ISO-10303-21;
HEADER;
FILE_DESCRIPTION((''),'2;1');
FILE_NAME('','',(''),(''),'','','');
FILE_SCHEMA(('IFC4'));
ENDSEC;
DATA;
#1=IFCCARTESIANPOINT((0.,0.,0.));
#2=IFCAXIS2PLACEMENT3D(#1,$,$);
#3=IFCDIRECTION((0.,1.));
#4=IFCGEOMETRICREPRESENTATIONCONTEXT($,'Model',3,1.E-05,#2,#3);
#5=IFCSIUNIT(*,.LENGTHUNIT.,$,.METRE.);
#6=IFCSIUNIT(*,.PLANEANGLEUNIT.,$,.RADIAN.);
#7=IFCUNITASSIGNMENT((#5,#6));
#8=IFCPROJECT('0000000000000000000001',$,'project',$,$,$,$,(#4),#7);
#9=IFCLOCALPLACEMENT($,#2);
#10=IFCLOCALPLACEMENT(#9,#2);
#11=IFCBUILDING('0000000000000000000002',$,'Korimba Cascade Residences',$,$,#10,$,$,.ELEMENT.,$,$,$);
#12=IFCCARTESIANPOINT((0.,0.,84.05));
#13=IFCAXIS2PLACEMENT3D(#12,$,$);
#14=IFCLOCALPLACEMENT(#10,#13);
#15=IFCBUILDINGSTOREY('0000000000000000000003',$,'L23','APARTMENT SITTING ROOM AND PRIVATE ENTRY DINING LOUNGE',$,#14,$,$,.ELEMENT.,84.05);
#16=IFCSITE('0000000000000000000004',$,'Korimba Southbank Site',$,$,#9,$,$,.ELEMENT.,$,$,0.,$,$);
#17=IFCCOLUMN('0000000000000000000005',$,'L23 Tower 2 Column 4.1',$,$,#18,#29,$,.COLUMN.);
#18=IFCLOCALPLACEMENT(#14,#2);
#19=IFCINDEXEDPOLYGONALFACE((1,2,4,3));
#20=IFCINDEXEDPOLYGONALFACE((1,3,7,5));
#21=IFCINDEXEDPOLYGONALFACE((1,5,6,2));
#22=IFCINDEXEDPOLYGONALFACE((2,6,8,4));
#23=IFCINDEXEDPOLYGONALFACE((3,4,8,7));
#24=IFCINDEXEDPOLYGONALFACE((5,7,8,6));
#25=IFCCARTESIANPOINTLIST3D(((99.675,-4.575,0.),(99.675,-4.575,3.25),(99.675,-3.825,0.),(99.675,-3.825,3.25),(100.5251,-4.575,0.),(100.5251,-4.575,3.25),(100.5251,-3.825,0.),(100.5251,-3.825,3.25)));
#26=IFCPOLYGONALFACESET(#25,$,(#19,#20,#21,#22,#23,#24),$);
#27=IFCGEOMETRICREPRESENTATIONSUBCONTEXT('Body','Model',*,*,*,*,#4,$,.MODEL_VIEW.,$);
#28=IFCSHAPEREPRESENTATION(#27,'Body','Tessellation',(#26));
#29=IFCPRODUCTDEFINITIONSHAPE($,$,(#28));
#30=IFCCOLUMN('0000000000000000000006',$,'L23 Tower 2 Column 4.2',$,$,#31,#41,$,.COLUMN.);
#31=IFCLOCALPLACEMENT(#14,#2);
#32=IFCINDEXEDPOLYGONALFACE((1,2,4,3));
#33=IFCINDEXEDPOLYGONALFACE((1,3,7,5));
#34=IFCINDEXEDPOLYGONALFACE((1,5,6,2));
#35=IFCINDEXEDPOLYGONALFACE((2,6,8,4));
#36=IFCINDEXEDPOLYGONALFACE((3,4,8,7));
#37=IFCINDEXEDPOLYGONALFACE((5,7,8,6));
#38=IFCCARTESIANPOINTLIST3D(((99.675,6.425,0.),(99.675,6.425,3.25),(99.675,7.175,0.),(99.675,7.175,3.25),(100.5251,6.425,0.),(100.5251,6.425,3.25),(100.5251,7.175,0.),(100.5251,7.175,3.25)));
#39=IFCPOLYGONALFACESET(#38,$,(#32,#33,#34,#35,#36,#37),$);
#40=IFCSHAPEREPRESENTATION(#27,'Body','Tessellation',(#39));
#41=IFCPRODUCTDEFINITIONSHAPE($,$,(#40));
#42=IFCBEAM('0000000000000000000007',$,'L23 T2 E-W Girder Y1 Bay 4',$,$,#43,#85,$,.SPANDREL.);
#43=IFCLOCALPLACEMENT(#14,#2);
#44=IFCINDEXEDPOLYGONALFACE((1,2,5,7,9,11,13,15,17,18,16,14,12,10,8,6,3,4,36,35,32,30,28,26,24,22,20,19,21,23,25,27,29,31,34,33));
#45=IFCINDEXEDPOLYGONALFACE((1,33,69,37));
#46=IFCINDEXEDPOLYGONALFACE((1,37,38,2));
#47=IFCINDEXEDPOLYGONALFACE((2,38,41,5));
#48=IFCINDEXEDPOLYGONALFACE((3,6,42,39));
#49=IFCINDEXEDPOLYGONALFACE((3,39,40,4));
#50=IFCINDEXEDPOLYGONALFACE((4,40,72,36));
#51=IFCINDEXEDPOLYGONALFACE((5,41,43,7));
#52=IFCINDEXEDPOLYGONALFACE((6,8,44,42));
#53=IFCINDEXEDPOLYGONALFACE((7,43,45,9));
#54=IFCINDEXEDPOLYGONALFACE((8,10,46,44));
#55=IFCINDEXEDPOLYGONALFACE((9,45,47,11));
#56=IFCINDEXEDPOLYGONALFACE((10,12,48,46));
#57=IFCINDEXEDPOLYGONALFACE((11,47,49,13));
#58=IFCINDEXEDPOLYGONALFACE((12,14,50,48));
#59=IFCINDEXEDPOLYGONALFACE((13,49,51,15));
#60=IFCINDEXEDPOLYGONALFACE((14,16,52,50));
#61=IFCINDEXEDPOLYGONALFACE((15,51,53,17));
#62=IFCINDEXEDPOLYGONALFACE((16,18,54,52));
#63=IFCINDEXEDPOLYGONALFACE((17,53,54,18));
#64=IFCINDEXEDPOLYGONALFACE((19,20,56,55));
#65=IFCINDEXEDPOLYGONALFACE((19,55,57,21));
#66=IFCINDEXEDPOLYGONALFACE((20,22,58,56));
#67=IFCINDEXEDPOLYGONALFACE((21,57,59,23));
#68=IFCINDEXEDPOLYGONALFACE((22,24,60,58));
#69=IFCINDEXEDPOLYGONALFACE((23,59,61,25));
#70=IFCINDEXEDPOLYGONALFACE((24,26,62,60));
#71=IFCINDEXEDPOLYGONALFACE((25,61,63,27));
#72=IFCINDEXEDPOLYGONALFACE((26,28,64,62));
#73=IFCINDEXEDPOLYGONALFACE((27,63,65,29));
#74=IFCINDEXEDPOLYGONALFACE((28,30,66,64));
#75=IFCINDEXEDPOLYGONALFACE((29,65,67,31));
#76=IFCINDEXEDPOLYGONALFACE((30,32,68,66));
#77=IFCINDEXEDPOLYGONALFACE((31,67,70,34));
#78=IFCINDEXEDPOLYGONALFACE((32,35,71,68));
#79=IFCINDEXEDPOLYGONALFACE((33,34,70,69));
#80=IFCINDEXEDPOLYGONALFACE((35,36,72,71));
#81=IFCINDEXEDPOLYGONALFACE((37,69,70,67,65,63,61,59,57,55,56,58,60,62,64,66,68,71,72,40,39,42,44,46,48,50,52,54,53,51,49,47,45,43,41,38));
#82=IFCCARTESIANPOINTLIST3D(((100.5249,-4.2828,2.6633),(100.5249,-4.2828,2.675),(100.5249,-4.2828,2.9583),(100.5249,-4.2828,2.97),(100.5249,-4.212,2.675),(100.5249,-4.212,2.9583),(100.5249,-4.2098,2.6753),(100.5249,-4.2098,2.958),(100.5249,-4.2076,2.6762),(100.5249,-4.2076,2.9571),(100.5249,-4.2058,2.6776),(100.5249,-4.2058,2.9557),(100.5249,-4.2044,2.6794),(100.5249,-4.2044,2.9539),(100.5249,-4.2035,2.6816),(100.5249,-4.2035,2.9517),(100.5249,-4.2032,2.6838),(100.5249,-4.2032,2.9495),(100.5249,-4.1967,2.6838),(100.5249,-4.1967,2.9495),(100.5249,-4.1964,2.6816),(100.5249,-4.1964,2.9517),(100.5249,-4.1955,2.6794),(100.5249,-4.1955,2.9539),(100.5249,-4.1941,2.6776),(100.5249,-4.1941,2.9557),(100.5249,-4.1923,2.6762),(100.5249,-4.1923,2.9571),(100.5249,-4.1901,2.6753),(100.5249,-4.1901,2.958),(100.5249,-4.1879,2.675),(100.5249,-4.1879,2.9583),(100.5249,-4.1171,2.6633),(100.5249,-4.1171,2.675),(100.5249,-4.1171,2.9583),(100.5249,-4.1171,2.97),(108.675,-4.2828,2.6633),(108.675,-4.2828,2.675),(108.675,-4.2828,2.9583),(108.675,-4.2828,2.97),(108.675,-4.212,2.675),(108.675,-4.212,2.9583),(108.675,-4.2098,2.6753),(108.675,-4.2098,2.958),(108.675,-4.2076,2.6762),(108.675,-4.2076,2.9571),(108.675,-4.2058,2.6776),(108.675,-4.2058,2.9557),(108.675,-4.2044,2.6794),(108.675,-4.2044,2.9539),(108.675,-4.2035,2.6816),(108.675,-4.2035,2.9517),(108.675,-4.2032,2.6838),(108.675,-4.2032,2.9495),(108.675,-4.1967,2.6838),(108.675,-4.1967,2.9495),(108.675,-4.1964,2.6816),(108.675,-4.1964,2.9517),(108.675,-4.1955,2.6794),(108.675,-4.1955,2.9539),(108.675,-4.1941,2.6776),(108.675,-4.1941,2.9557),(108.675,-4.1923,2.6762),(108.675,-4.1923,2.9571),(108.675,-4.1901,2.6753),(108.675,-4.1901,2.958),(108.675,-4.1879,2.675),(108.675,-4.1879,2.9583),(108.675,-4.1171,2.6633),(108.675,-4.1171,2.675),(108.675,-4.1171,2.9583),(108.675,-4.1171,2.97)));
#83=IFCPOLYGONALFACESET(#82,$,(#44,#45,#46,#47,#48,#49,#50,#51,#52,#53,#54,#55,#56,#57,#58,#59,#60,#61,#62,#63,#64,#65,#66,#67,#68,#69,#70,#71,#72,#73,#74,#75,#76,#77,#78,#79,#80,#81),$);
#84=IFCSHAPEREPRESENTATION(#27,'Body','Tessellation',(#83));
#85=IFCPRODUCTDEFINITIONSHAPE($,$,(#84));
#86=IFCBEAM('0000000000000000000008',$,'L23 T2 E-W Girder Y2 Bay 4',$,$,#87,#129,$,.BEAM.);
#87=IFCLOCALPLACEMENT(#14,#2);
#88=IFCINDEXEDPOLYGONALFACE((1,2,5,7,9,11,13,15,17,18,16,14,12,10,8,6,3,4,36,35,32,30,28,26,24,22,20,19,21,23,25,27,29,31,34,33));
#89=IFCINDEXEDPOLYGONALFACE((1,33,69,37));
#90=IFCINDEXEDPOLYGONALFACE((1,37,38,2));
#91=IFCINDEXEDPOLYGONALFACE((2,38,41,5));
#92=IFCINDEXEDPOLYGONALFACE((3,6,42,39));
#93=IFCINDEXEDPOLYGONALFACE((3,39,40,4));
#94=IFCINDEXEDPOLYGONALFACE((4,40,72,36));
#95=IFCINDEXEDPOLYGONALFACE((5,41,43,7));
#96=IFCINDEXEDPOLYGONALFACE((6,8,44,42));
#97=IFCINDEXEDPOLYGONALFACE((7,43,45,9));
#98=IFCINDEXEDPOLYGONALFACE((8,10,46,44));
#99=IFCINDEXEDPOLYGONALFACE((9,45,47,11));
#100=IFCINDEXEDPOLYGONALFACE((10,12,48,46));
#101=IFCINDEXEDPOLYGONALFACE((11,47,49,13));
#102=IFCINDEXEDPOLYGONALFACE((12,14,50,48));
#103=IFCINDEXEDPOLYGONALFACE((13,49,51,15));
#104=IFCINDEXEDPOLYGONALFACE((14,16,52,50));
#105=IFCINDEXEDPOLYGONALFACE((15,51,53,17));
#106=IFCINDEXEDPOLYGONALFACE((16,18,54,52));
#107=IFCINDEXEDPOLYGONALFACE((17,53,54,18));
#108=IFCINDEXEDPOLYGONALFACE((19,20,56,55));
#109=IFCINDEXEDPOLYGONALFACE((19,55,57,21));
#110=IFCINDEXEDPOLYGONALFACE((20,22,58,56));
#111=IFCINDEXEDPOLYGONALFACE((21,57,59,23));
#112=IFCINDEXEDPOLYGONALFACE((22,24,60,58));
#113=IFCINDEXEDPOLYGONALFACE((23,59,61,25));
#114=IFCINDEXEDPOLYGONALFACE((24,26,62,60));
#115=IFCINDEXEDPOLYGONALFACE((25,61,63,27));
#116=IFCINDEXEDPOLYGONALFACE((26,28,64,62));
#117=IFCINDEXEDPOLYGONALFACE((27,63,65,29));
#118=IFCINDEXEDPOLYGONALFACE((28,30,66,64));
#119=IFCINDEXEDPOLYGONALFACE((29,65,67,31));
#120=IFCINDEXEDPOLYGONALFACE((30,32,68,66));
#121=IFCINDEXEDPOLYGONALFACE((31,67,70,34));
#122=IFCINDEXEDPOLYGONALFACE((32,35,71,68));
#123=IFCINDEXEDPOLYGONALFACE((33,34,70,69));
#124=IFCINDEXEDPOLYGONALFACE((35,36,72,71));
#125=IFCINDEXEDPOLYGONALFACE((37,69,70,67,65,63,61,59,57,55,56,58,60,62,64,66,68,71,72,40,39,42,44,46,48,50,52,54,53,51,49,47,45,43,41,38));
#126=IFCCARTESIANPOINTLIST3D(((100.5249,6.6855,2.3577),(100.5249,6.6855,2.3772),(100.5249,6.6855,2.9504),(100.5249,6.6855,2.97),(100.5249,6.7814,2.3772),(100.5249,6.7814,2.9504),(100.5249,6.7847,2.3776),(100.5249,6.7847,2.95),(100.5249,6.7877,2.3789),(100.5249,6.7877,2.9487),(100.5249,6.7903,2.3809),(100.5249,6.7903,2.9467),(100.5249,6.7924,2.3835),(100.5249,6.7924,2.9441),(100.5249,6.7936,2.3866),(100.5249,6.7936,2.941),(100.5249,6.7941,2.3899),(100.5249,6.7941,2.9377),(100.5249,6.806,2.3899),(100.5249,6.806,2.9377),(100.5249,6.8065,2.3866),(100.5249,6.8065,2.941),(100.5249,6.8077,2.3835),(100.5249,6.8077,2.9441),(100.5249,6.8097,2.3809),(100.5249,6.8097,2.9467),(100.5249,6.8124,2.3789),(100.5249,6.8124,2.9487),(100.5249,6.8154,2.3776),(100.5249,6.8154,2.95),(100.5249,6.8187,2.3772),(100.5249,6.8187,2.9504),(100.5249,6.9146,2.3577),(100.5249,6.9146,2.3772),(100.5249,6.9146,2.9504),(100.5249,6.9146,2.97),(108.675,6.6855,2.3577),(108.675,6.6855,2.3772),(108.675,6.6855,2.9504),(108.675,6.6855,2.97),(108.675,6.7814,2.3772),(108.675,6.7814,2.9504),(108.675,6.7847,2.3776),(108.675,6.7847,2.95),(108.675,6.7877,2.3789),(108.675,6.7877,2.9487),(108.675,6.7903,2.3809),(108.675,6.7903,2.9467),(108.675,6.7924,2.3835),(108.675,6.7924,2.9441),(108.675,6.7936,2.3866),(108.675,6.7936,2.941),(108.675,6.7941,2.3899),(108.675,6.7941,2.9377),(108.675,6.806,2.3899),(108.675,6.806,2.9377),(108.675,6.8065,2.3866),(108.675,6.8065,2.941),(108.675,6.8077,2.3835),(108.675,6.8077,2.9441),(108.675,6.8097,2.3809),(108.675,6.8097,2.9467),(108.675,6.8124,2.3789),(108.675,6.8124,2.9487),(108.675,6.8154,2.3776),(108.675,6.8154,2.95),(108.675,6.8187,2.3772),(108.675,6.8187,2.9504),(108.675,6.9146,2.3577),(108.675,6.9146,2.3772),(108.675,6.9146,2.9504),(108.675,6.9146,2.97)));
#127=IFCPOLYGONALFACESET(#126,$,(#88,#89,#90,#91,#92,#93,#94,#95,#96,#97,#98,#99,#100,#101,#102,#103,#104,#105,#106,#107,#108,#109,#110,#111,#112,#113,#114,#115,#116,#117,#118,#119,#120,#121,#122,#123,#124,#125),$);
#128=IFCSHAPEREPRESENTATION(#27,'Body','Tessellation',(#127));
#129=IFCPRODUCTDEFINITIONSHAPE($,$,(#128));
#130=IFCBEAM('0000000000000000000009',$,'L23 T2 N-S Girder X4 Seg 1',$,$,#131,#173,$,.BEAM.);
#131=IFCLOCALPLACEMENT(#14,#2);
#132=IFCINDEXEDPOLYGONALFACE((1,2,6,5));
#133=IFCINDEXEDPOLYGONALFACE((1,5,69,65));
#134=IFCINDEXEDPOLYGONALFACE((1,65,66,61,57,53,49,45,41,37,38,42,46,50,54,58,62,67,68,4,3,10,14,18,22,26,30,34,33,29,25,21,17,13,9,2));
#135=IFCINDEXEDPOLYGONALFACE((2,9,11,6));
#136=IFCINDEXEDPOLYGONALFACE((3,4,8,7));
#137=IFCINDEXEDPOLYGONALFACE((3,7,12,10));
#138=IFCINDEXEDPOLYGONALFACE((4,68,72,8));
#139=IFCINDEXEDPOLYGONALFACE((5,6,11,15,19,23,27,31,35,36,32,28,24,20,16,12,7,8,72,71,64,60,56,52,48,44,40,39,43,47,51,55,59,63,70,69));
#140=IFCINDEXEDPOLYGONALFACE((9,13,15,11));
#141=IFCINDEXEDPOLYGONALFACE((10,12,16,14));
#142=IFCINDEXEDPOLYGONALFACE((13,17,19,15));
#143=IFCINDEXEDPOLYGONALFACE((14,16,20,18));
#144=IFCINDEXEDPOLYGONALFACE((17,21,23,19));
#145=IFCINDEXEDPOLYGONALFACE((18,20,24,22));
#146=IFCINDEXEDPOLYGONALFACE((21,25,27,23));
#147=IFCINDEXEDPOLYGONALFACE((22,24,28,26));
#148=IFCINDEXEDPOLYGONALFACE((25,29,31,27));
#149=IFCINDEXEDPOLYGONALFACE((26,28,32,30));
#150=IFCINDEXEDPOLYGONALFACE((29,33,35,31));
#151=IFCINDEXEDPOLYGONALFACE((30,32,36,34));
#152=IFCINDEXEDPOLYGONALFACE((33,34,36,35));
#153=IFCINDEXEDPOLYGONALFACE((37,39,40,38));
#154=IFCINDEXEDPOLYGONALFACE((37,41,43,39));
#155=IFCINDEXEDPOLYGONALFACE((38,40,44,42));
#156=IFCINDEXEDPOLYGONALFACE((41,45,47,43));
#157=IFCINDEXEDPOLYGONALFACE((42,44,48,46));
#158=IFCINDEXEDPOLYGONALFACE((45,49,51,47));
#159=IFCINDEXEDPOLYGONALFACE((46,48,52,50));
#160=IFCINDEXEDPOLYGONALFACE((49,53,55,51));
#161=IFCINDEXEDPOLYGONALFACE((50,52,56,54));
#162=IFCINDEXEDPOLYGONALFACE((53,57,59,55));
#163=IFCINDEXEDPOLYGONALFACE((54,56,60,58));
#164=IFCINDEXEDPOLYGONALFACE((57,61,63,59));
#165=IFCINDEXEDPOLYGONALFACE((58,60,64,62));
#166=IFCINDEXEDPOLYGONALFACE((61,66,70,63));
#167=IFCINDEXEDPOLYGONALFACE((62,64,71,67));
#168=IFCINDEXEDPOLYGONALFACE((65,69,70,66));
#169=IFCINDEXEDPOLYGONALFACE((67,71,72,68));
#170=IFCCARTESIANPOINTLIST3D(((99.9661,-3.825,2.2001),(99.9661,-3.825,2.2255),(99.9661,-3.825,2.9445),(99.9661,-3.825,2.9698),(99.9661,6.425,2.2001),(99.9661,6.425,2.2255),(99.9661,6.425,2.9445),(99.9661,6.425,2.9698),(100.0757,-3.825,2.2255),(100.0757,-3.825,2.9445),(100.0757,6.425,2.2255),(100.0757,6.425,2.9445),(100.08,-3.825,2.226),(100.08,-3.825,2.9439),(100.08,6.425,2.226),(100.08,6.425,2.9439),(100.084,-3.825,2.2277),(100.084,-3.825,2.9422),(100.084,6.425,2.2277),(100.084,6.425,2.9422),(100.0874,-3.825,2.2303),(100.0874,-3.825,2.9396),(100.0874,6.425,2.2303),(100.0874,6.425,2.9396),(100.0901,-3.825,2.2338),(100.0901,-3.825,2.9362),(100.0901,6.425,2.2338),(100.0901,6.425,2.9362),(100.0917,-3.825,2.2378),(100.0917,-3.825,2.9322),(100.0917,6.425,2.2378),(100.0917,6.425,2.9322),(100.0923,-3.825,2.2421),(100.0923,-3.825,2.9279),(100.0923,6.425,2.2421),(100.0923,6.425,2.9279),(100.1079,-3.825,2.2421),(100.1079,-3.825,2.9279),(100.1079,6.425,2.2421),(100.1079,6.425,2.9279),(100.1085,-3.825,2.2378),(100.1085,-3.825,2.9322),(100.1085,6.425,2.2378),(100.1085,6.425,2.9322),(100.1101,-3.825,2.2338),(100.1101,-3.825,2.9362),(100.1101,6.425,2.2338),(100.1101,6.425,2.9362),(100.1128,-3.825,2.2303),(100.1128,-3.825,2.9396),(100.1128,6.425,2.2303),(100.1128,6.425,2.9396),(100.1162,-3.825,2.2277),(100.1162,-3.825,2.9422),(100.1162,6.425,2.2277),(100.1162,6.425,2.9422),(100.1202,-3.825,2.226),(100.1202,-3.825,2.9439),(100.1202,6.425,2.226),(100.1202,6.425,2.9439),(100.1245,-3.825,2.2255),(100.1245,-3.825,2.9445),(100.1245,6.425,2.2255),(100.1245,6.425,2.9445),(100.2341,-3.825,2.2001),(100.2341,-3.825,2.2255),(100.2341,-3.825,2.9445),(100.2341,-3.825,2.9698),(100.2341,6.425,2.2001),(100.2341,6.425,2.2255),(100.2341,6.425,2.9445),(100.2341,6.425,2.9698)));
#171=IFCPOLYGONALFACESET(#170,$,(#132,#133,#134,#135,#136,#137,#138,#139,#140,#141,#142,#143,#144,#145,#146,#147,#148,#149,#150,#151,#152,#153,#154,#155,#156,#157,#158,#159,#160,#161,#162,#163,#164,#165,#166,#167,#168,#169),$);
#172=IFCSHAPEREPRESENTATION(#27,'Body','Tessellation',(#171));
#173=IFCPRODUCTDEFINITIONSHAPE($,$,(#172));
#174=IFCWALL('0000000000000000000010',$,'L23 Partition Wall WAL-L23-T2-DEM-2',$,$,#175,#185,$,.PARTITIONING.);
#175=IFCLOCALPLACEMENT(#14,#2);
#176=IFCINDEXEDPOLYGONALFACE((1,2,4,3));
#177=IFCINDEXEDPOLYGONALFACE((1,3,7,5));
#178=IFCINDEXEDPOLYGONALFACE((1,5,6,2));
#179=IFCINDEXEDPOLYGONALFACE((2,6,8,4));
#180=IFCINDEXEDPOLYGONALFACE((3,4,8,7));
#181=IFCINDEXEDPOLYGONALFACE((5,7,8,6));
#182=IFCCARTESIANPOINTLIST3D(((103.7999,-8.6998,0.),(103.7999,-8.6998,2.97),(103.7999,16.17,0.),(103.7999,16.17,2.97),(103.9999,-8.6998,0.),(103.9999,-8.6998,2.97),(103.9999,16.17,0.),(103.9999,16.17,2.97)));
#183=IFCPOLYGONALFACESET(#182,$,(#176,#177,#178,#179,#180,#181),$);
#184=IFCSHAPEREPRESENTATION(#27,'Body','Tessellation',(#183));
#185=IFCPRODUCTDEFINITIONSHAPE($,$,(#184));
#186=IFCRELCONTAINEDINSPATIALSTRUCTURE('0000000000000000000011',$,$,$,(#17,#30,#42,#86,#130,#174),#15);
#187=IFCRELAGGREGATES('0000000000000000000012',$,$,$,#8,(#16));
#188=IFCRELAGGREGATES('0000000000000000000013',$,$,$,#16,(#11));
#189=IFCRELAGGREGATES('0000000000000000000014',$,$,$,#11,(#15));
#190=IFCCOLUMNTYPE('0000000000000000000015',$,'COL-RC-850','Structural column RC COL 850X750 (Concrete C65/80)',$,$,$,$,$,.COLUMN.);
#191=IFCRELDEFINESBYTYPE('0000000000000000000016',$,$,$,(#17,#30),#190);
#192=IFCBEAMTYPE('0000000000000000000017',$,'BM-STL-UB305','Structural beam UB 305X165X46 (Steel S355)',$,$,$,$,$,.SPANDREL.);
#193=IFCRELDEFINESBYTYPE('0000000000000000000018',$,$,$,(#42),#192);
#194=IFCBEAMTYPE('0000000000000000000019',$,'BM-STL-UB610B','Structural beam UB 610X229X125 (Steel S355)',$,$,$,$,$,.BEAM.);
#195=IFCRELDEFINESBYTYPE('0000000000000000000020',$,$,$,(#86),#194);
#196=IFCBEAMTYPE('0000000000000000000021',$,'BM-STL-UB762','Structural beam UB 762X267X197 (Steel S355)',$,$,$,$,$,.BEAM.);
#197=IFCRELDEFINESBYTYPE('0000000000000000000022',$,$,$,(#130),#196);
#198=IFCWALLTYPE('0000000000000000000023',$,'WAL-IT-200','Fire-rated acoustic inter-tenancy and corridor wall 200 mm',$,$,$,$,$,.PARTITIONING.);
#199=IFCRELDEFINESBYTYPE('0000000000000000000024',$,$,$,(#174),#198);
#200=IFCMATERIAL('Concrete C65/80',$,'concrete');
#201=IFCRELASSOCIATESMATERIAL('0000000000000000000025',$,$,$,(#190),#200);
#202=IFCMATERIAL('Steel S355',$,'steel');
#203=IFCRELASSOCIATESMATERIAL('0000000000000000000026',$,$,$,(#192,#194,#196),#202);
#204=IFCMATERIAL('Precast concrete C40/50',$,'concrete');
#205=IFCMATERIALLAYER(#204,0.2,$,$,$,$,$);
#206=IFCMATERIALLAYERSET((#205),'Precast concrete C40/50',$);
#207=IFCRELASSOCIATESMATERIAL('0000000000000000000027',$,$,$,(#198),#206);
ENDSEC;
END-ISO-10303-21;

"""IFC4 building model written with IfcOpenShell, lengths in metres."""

from ifc_helpers import new_model, si_unit, direction, frame, frame_2d, origin, origin_2d, place, context, subcontext, project, spatial, rectangle, i_section, extrude, material, layer, layer_set, material_profile, profile_set, type_object, element, save


model = new_model("IFC4")

# Units and contexts
model_context = context("Model", 3, precision=1e-05, world=origin(), true_north=direction((0.0, 1.0)))
body_context = subcontext(model_context, "Body", "Model", "MODEL_VIEW")
ifc_project = project(units=[si_unit("LENGTHUNIT", "METRE"), si_unit("PLANEANGLEUNIT", "RADIAN")], contexts=[model_context])

# Site, building, storey
site_placement = place(None, origin())
site = spatial("IfcSite", under=ifc_project, at=site_placement, Name="Korimba Southbank Site", CompositionType="ELEMENT", RefElevation=0.0)
building_placement = place(site_placement, origin())
building = spatial("IfcBuilding", under=site, at=building_placement, Name="Korimba Cascade Residences", CompositionType="ELEMENT")
storey_placement = place(building_placement, frame((0.0, 0.0, 84.05)))
storey = spatial("IfcBuildingStorey", under=building, at=storey_placement, Name="L23", Description="APARTMENT SITTING ROOM AND PRIVATE ENTRY DINING LOUNGE", CompositionType="ELEMENT", Elevation=84.05)

# Columns
ifc_material_1 = material(Name="Concrete C65/80", Category="concrete")
ifc_material_profile_1 = material_profile(ifc_material_1, rectangle(XDim=0.8501, YDim=0.75, at=origin_2d()), Name="Concrete C65/80")
ifc_profile_set_1 = profile_set([ifc_material_profile_1], Name="Concrete C65/80")
column_type = type_object("IfcColumnType", Name="COL-RC-850", Description="Structural column RC COL 850X750 (Concrete C65/80)", PredefinedType="COLUMN", material=ifc_profile_set_1)
for number, where, z_axis, x_axis, name in (
    (1, (100.1001, -4.2, 0.0), (0.0, 0.0, 1.0), (1.0, 0.0, 0.0), "L23 Tower 2 Column 4.1"),
    (2, (100.1001, 6.8, 0.0), (0.0, 0.0, 1.0), (1.0, 0.0, 0.0), "L23 Tower 2 Column 4.2"),
):
    element("IfcColumn", number, at=place(storey_placement, frame(where, z_axis=z_axis, x_axis=x_axis)), inside=storey, type_object=column_type, Name=name, PredefinedType="COLUMN", context=body_context, shape_type="SweptSolid", body=[
        extrude(rectangle(XDim=0.8501, YDim=0.75, at=origin_2d()), origin(), (0.0, 0.0, 1.0), 3.25),
    ])

# Beams
ifc_material_2 = material(Name="Steel S355", Category="steel")
ifc_material_profile_2 = material_profile(ifc_material_2, i_section(OverallWidth=0.1658, OverallDepth=0.3066, WebThickness=0.0066, FlangeThickness=0.0117, FilletRadius=0.0088, at=origin_2d()), Name="Steel S355")
ifc_profile_set_2 = profile_set([ifc_material_profile_2], Name="Steel S355")
beam_type_1 = type_object("IfcBeamType", Name="BM-STL-UB305", Description="Structural beam UB 305X165X46 (Steel S355)", PredefinedType="SPANDREL", material=ifc_profile_set_2)
beam_1_placement = place(storey_placement, frame((100.5249, -4.2, 2.8167), z_axis=(1.0, 0.0, 0.0), x_axis=(0.0, 1.0, 0.0)))
element("IfcBeam", 3, at=beam_1_placement, inside=storey, type_object=beam_type_1, Name="L23 T2 E-W Girder Y1 Bay 4", PredefinedType="SPANDREL", context=body_context, shape_type="SweptSolid", body=[
    extrude(i_section(OverallWidth=0.1658, OverallDepth=0.3066, WebThickness=0.0066, FlangeThickness=0.0117, FilletRadius=0.0088, at=origin_2d()), origin(), (0.0, 0.0, 1.0), 8.1501),
])
ifc_material_profile_3 = material_profile(ifc_material_2, i_section(OverallWidth=0.229, OverallDepth=0.6123, WebThickness=0.012, FlangeThickness=0.0195, FilletRadius=0.0127, at=origin_2d()), Name="Steel S355")
ifc_profile_set_3 = profile_set([ifc_material_profile_3], Name="Steel S355")
beam_type_2 = type_object("IfcBeamType", Name="BM-STL-UB610B", Description="Structural beam UB 610X229X125 (Steel S355)", PredefinedType="BEAM", material=ifc_profile_set_3)
beam_2_placement = place(storey_placement, frame((100.5249, 6.8, 2.6638), z_axis=(1.0, 0.0, 0.0), x_axis=(0.0, 1.0, 0.0)))
element("IfcBeam", 4, at=beam_2_placement, inside=storey, type_object=beam_type_2, Name="L23 T2 E-W Girder Y2 Bay 4", PredefinedType="BEAM", context=body_context, shape_type="SweptSolid", body=[
    extrude(i_section(OverallWidth=0.229, OverallDepth=0.6123, WebThickness=0.012, FlangeThickness=0.0195, FilletRadius=0.0127, at=origin_2d()), origin(), (0.0, 0.0, 1.0), 8.1501),
])
ifc_material_profile_4 = material_profile(ifc_material_2, i_section(OverallWidth=0.2681, OverallDepth=0.7698, WebThickness=0.0156, FlangeThickness=0.0254, FilletRadius=0.0166, at=origin_2d()), Name="Steel S355")
ifc_profile_set_4 = profile_set([ifc_material_profile_4], Name="Steel S355")
beam_type_3 = type_object("IfcBeamType", Name="BM-STL-UB762", Description="Structural beam UB 762X267X197 (Steel S355)", PredefinedType="BEAM", material=ifc_profile_set_4)
beam_3_placement = place(storey_placement, frame((100.1001, -3.825, 2.585), z_axis=(0.0, 1.0, 0.0), x_axis=(-1.0, 0.0, 0.0)))
element("IfcBeam", 5, at=beam_3_placement, inside=storey, type_object=beam_type_3, Name="L23 T2 N-S Girder X4 Seg 1", PredefinedType="BEAM", context=body_context, shape_type="SweptSolid", body=[
    extrude(i_section(OverallWidth=0.2681, OverallDepth=0.7698, WebThickness=0.0156, FlangeThickness=0.0254, FilletRadius=0.0166, at=origin_2d()), origin(), (0.0, 0.0, 1.0), 10.25),
])

# Wall
ifc_material_3 = material(Name="Precast concrete C40/50", Category="concrete")
ifc_layer_1 = layer(ifc_material_3, 0.2)
ifc_layer_set_1 = layer_set([ifc_layer_1], Name="Precast concrete C40/50")
wall_type_1 = type_object("IfcWallType", Name="WAL-IT-200", Description="Fire-rated acoustic inter-tenancy and corridor wall 200 mm", PredefinedType="PARTITIONING", material=ifc_layer_set_1)
wall_1_placement = place(storey_placement, frame((103.8999, -8.7, 0.0), z_axis=(0.0, 0.0, 1.0), x_axis=(0.0, 1.0, 0.0)))
element("IfcWall", 6, at=wall_1_placement, inside=storey, type_object=wall_type_1, Name="L23 Partition Wall WAL-L23-T2-DEM-2", PredefinedType="PARTITIONING", context=body_context, shape_type="SweptSolid", body=[
    extrude(rectangle(XDim=24.8699, YDim=0.2, at=frame_2d((12.4351, 0.0))), origin(), (0.0, 0.0, 1.0), 2.97),
])

save(model, "model.ifc")
